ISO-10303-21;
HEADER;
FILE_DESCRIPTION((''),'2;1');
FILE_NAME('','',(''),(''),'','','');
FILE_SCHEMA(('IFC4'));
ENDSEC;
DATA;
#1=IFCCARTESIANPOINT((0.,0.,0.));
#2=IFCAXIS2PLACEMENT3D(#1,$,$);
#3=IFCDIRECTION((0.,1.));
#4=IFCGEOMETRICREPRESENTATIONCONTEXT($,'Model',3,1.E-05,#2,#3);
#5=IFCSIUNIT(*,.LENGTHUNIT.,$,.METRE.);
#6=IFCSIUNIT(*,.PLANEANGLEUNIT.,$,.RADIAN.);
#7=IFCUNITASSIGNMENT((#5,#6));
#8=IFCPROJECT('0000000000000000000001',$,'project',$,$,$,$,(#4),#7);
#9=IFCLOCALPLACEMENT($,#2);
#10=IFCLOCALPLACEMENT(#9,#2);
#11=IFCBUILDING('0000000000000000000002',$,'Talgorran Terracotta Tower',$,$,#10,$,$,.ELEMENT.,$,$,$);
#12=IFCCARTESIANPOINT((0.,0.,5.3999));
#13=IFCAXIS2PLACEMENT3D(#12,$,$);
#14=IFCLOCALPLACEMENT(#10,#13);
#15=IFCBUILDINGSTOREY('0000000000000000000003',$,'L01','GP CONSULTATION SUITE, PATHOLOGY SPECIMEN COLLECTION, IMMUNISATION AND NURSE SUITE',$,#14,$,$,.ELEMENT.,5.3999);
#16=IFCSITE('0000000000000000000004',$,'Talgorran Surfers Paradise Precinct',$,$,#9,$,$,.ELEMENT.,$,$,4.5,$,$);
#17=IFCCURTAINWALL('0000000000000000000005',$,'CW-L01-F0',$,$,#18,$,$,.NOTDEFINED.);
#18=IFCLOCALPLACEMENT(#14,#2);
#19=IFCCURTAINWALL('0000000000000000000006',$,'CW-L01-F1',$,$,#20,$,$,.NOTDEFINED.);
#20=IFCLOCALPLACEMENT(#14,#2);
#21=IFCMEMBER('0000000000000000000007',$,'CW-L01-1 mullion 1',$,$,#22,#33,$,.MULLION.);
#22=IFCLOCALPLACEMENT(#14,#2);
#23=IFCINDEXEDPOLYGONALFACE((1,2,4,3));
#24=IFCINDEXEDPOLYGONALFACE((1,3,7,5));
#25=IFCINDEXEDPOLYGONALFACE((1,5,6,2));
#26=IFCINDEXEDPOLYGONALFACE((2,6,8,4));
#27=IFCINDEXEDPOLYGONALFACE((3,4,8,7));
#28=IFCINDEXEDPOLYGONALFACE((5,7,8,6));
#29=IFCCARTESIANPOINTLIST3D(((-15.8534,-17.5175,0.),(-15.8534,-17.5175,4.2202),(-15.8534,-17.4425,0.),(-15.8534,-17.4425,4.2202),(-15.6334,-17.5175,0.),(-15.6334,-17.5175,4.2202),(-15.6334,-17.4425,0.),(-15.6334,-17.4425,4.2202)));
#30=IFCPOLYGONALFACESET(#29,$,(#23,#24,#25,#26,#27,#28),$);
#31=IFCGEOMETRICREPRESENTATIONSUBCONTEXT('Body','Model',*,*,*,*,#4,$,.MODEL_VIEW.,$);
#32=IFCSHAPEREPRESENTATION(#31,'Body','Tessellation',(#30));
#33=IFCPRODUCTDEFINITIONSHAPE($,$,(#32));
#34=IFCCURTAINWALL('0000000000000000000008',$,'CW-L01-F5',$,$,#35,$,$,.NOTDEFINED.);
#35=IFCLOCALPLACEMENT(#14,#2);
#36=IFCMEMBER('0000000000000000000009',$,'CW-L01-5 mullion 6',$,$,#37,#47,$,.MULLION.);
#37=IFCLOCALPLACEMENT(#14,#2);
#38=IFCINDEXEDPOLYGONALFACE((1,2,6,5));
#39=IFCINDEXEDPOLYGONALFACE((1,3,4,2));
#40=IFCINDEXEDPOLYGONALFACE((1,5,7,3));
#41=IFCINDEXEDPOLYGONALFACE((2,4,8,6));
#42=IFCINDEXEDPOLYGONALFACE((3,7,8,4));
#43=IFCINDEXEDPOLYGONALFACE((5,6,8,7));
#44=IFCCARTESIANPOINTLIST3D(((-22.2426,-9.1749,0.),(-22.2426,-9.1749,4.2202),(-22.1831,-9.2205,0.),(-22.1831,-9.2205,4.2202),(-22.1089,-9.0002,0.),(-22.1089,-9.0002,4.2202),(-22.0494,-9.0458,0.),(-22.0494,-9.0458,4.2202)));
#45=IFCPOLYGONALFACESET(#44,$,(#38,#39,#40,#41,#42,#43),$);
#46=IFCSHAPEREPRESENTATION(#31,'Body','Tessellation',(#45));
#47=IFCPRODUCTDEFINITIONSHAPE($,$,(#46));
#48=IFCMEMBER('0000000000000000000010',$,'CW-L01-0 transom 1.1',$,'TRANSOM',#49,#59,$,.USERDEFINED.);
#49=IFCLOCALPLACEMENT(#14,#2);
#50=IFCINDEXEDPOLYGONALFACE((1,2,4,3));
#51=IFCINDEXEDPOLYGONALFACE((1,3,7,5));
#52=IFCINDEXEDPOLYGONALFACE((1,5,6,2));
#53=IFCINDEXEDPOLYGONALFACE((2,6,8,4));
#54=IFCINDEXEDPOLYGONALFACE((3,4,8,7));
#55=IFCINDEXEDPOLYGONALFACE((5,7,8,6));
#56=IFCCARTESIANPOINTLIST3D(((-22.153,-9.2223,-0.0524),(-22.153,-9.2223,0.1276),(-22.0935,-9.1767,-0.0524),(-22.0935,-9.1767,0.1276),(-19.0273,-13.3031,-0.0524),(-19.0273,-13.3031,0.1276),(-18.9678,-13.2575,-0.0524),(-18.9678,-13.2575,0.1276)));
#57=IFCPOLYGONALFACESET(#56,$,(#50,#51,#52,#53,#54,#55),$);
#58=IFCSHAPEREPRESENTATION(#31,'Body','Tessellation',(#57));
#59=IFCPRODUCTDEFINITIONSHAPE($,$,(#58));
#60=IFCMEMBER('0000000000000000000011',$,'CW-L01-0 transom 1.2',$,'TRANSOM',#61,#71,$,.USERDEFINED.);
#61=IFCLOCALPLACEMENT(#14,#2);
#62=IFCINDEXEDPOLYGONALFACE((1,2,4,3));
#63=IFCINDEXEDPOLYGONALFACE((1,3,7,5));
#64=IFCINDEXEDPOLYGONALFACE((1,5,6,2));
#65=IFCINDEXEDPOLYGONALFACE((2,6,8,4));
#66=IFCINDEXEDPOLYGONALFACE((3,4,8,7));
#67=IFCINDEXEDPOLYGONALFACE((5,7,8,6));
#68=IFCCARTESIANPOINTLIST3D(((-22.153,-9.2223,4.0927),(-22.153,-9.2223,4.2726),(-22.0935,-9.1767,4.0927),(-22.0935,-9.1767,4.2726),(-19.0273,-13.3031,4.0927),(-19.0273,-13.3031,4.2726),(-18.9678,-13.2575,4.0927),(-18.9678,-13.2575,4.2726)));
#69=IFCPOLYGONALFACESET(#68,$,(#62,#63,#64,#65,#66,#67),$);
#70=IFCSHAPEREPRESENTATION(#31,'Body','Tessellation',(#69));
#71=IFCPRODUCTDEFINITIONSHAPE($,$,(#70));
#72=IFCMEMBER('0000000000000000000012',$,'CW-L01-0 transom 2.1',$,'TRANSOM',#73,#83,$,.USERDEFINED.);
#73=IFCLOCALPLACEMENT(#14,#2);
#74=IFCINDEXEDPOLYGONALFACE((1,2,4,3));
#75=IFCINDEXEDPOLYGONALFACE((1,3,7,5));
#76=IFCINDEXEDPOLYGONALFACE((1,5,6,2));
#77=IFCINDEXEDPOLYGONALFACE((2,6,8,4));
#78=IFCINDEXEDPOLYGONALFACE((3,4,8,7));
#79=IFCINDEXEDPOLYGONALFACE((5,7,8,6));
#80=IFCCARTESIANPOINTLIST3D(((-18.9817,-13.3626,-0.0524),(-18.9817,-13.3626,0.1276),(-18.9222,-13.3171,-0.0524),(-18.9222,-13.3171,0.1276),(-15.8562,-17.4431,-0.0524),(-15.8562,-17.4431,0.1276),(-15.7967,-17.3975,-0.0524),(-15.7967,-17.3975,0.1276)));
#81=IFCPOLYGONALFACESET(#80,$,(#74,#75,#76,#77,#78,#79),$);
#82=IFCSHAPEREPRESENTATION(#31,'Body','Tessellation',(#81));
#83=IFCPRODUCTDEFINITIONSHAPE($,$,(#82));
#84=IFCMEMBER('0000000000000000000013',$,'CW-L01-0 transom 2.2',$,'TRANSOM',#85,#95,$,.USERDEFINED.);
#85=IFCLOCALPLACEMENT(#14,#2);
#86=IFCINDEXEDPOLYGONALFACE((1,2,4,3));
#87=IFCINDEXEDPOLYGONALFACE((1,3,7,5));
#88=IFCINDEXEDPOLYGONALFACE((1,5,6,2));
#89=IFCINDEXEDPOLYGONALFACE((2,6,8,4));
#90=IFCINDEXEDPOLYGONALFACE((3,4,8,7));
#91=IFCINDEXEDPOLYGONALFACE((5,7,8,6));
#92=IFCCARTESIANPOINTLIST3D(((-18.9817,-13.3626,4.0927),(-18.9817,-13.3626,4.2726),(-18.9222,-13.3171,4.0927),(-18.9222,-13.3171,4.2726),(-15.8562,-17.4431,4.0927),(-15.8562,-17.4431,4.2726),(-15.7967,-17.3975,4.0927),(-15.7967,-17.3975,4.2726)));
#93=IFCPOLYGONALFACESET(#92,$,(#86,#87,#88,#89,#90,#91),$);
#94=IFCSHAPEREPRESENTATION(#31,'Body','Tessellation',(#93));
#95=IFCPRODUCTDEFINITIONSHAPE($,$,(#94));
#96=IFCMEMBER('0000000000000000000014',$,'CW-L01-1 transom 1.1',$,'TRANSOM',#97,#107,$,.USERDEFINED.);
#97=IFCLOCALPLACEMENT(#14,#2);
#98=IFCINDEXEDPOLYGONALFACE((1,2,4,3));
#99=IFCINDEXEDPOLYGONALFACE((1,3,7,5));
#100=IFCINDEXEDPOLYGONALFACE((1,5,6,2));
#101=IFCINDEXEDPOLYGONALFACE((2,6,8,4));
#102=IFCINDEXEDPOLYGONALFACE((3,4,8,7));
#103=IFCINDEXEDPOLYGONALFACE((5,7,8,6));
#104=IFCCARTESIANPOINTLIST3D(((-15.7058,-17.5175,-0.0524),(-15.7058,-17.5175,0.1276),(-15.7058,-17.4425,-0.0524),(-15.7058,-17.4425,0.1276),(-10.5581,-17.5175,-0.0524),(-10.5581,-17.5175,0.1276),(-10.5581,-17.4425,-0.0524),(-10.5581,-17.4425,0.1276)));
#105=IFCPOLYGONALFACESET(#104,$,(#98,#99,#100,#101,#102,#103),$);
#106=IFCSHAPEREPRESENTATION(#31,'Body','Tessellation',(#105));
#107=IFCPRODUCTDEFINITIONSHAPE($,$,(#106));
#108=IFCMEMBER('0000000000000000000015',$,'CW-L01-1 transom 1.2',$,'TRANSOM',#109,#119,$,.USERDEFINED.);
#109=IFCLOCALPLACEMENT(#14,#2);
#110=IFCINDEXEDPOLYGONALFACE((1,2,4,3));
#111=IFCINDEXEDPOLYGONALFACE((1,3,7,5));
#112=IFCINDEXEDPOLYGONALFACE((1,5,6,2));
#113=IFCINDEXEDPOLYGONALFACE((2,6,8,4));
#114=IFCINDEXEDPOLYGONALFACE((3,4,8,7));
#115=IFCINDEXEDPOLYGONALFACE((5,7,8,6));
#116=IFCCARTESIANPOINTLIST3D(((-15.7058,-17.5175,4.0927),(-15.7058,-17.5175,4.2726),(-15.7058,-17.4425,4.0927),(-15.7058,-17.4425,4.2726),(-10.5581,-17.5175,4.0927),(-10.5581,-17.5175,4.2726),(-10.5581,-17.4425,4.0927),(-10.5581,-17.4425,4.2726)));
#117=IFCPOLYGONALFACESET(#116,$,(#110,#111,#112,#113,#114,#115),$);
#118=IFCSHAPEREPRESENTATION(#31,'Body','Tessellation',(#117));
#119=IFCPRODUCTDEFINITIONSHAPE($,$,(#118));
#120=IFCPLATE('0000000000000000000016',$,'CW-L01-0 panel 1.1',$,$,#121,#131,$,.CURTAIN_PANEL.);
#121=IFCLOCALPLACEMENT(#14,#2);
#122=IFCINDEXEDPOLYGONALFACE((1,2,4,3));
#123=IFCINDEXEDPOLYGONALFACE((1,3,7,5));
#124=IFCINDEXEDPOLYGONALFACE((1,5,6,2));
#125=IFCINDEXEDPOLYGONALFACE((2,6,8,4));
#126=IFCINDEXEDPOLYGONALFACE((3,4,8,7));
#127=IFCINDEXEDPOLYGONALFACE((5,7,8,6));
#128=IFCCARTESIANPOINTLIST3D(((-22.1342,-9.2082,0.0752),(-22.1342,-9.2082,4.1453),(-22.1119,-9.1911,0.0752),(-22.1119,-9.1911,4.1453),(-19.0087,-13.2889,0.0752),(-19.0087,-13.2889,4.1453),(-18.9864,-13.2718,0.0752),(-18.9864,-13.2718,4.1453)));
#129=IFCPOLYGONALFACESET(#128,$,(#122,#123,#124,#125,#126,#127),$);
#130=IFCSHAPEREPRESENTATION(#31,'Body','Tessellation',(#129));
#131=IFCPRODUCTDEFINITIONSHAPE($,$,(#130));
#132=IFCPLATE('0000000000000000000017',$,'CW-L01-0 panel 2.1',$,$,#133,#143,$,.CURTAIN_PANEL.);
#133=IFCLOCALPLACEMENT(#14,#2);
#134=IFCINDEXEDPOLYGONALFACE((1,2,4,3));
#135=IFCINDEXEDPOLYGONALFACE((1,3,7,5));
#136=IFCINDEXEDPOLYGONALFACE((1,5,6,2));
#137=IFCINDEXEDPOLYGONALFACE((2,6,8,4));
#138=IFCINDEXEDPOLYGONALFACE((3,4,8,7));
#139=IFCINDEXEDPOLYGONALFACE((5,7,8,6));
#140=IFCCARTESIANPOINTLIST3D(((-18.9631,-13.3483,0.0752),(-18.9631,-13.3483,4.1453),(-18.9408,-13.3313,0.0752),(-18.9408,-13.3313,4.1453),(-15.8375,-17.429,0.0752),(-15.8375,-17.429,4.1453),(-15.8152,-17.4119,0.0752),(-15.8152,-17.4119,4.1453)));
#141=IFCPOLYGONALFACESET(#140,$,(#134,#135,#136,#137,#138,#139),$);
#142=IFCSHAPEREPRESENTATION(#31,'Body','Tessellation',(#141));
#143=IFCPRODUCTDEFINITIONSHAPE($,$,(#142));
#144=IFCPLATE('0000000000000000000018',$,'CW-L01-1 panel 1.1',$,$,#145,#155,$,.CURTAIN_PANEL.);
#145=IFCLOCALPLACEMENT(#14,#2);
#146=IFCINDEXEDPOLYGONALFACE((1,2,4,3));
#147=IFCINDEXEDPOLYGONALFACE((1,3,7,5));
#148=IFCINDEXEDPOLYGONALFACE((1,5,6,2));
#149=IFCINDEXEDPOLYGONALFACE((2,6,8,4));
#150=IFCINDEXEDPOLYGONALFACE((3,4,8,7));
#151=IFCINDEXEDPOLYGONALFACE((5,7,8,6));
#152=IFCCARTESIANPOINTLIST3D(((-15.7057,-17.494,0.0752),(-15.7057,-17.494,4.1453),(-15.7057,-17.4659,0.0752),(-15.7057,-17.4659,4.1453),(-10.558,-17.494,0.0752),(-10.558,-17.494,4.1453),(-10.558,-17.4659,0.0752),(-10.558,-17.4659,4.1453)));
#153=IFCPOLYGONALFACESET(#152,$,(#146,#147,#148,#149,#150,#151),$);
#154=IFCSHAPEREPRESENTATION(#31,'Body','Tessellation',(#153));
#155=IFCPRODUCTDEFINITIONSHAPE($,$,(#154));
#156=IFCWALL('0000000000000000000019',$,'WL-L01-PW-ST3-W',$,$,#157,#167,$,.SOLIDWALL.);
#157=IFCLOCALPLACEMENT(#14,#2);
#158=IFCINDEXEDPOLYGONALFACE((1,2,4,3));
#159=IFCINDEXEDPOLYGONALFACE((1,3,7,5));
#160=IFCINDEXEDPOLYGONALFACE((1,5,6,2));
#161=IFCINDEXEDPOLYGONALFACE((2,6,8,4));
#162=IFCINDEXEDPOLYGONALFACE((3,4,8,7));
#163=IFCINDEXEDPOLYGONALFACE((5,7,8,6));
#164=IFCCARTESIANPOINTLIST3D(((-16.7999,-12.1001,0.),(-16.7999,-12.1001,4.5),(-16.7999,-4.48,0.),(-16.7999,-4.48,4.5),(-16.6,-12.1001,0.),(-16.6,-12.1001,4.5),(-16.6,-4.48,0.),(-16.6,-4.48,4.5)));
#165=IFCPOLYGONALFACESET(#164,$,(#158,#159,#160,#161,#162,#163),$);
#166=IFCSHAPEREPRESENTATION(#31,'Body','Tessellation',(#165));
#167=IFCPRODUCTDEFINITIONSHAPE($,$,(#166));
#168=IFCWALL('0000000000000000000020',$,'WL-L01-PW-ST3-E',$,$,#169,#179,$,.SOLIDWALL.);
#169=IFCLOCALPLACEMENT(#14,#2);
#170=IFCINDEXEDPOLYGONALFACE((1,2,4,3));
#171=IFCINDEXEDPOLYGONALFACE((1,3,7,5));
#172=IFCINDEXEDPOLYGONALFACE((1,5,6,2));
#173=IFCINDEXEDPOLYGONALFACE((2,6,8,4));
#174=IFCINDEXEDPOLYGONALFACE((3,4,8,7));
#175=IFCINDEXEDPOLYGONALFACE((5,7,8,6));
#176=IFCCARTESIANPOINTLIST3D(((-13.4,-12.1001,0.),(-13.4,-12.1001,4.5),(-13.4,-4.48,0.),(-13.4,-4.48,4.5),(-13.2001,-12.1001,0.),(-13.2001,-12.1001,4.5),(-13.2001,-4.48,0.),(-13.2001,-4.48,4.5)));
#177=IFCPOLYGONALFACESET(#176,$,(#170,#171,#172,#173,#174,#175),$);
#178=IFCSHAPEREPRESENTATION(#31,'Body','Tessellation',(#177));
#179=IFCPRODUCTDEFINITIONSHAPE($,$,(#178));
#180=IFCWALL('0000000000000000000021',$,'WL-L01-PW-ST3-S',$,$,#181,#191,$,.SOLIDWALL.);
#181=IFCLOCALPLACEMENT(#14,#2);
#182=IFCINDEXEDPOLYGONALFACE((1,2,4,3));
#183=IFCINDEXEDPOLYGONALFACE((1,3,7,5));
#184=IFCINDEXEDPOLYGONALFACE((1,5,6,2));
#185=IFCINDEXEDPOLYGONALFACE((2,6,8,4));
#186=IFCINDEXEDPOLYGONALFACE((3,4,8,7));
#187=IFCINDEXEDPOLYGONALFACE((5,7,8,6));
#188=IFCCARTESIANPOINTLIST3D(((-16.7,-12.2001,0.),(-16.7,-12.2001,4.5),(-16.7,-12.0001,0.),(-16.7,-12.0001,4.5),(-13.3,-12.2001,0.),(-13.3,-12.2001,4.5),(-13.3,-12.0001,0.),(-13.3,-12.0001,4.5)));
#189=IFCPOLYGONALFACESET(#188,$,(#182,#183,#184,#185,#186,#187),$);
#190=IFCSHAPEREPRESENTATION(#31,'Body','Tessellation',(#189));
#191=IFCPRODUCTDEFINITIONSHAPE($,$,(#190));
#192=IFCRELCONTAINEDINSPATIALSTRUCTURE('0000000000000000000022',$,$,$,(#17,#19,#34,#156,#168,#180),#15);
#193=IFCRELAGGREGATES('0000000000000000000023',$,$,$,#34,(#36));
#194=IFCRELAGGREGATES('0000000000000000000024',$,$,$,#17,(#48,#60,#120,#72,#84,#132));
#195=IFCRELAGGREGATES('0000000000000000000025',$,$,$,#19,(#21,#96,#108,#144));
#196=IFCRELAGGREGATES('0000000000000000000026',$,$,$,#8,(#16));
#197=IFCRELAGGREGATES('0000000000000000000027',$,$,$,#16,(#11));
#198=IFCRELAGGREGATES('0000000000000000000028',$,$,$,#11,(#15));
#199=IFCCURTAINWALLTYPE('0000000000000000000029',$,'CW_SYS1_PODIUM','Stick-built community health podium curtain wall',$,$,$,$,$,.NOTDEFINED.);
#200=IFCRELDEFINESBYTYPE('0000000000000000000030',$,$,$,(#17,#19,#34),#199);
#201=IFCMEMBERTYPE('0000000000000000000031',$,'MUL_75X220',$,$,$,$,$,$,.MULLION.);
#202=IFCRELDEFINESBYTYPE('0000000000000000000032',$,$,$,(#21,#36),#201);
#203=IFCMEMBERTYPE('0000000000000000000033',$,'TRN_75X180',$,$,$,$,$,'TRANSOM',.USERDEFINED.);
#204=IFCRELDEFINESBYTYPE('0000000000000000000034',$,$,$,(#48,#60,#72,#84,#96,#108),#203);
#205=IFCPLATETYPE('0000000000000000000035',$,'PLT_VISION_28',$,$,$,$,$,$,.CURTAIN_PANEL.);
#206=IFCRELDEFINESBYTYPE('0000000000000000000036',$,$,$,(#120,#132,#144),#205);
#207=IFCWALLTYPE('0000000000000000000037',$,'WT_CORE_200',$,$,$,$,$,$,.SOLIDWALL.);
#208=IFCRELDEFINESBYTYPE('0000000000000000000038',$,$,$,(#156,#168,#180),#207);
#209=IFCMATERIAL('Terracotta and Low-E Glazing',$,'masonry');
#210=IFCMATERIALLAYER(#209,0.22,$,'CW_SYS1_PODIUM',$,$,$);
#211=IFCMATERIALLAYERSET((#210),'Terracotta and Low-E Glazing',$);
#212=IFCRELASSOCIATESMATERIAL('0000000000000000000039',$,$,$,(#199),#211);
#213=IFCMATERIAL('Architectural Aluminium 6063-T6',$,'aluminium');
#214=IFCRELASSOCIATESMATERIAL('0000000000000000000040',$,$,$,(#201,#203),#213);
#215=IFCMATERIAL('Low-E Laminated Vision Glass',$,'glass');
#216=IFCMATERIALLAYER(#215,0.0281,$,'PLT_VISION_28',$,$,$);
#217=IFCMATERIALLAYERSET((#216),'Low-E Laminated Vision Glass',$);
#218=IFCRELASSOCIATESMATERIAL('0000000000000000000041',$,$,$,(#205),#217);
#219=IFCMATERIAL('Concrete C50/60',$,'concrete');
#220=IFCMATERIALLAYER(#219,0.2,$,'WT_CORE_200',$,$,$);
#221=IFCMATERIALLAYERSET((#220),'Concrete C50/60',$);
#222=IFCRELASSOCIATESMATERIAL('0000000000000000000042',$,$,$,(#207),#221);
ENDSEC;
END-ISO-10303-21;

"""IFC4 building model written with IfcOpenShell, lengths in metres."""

from ifc_helpers import new_model, si_unit, direction, frame, frame_2d, origin, origin_2d, place, context, subcontext, project, spatial, rectangle, extrude, source, transform, mapped, material, layer, layer_set, material_profile, profile_set, type_object, type_shapes, element, aggregate, save


model = new_model("IFC4")

# Units and contexts
model_context = context("Model", 3, precision=1e-05, world=origin(), true_north=direction((0.0, 1.0)))
body_context = subcontext(model_context, "Body", "Model", "MODEL_VIEW")
ifc_project = project(units=[si_unit("LENGTHUNIT", "METRE"), si_unit("PLANEANGLEUNIT", "RADIAN")], contexts=[model_context])

# Site, building, storey
site_placement = place(None, origin())
site = spatial("IfcSite", under=ifc_project, at=site_placement, Name="Talgorran Surfers Paradise Precinct", CompositionType="ELEMENT", RefElevation=4.5)
building_placement = place(site_placement, origin())
building = spatial("IfcBuilding", under=site, at=building_placement, Name="Talgorran Terracotta Tower", CompositionType="ELEMENT")
storey_placement = place(building_placement, frame((0.0, 0.0, 5.3999)))
storey = spatial("IfcBuildingStorey", under=building, at=storey_placement, Name="L01", Description="GP CONSULTATION SUITE, PATHOLOGY SPECIMEN COLLECTION, IMMUNISATION AND NURSE SUITE", CompositionType="ELEMENT", Elevation=5.3999)

# Curtain wall
ifc_material_1 = material(Name="Terracotta and Low-E Glazing", Category="masonry")
ifc_layer_1 = layer(ifc_material_1, 0.22, Name="CW_SYS1_PODIUM")
ifc_layer_set_1 = layer_set([ifc_layer_1], Name="Terracotta and Low-E Glazing")
curtain_wall_type = type_object("IfcCurtainWallType", Name="CW_SYS1_PODIUM", Description="Stick-built community health podium curtain wall", PredefinedType="NOTDEFINED", material=ifc_layer_set_1)
curtain_wall_1_placement = place(storey_placement, origin())
curtain_wall_1 = element("IfcCurtainWall", 1, at=curtain_wall_1_placement, inside=storey, type_object=curtain_wall_type, Name="CW-L01-F0", PredefinedType="NOTDEFINED")
ifc_material_2 = material(Name="Architectural Aluminium 6063-T6", Category="aluminium")
ifc_material_profile_1 = material_profile(ifc_material_2, rectangle(XDim=0.075, YDim=0.22, at=origin_2d()), Name="CWM75X220")
ifc_profile_set_1 = profile_set([ifc_material_profile_1], Name="Architectural Aluminium 6063-T6")
member_type_1 = type_object("IfcMemberType", Name="MUL_75X220", PredefinedType="MULLION", material=ifc_profile_set_1)

# Curtain walls, members
curtain_wall_2_placement = place(storey_placement, origin())
curtain_wall_2 = element("IfcCurtainWall", 2, at=curtain_wall_2_placement, inside=storey, type_object=curtain_wall_type, Name="CW-L01-F1", PredefinedType="NOTDEFINED")
member_1_placement = place(storey_placement, frame((-15.7434, -17.48, 0.0), z_axis=(0.0, 0.0, 1.0), x_axis=(0.0, 1.0, 0.0)))
member_1 = element("IfcMember", 3, at=member_1_placement, type_object=member_type_1, Name="CW-L01-1 mullion 1", PredefinedType="MULLION", context=body_context, shape_type="SweptSolid", body=[
    extrude(rectangle(XDim=0.075, YDim=0.22, at=origin_2d()), origin(), (0.0, 0.0, 1.0), 4.2202),
])
curtain_wall_3_placement = place(storey_placement, origin())
curtain_wall_3 = element("IfcCurtainWall", 4, at=curtain_wall_3_placement, inside=storey, type_object=curtain_wall_type, Name="CW-L01-F5", PredefinedType="NOTDEFINED")
member_2_placement = place(storey_placement, frame((-22.146, -9.1104, 0.0), z_axis=(0.0, 0.0, 1.0), x_axis=(0.79388, -0.608075, 0.0)))
member_2 = element("IfcMember", 5, at=member_2_placement, type_object=member_type_1, Name="CW-L01-5 mullion 6", PredefinedType="MULLION", context=body_context, shape_type="SweptSolid", body=[
    extrude(rectangle(XDim=0.075, YDim=0.22, at=origin_2d()), origin(), (0.0, 0.0, 1.0), 4.2202),
])
aggregate(curtain_wall_3, [member_2])

# Members
ifc_material_profile_2 = material_profile(ifc_material_2, rectangle(XDim=0.075, YDim=0.1799, at=origin_2d()), Name="CWT75X180")
ifc_profile_set_2 = profile_set([ifc_material_profile_2], Name="Architectural Aluminium 6063-T6")
member_type_2 = type_object("IfcMemberType", Name="TRN_75X180", ElementType="TRANSOM", PredefinedType="USERDEFINED", material=ifc_profile_set_2)
member_3_placement = place(storey_placement, frame((-22.1233, -9.1995, 0.0376), z_axis=(0.608078, -0.793878, 0.0), x_axis=(0.793878, 0.608078, 0.0)))
member_3 = element("IfcMember", 6, at=member_3_placement, type_object=member_type_2, Name="CW-L01-0 transom 1.1", ObjectType="TRANSOM", PredefinedType="USERDEFINED", context=body_context, shape_type="SweptSolid", body=[
    extrude(rectangle(XDim=0.075, YDim=0.1799, at=origin_2d()), origin(), (0.0, 0.0, 1.0), 5.1404),
])
member_4_placement = place(storey_placement, frame((-22.1233, -9.1995, 4.1826), z_axis=(0.608078, -0.793878, 0.0), x_axis=(0.793878, 0.608078, 0.0)))
member_4 = element("IfcMember", 7, at=member_4_placement, type_object=member_type_2, Name="CW-L01-0 transom 1.2", ObjectType="TRANSOM", PredefinedType="USERDEFINED", context=body_context, shape_type="SweptSolid", body=[
    extrude(rectangle(XDim=0.075, YDim=0.1799, at=origin_2d()), origin(), (0.0, 0.0, 1.0), 5.1404),
])
member_5_placement = place(storey_placement, frame((-18.9519, -13.3398, 0.0376), z_axis=(0.608071, -0.793883, 0.0), x_axis=(0.793883, 0.608071, 0.0)))
member_5 = element("IfcMember", 8, at=member_5_placement, type_object=member_type_2, Name="CW-L01-0 transom 2.1", ObjectType="TRANSOM", PredefinedType="USERDEFINED", context=body_context, shape_type="SweptSolid", body=[
    extrude(rectangle(XDim=0.075, YDim=0.1799, at=origin_2d()), origin(), (0.0, 0.0, 1.0), 5.1399),
])
member_6_placement = place(storey_placement, frame((-18.9519, -13.3398, 4.1826), z_axis=(0.608071, -0.793883, 0.0), x_axis=(0.793883, 0.608071, 0.0)))
member_6 = element("IfcMember", 9, at=member_6_placement, type_object=member_type_2, Name="CW-L01-0 transom 2.2", ObjectType="TRANSOM", PredefinedType="USERDEFINED", context=body_context, shape_type="SweptSolid", body=[
    extrude(rectangle(XDim=0.075, YDim=0.1799, at=origin_2d()), origin(), (0.0, 0.0, 1.0), 5.1399),
])
member_7_placement = place(storey_placement, frame((-15.7058, -17.48, 0.0376), z_axis=(1.0, 0.0, 0.0), x_axis=(0.0, 1.0, 0.0)))
member_7 = element("IfcMember", 10, at=member_7_placement, type_object=member_type_2, Name="CW-L01-1 transom 1.1", ObjectType="TRANSOM", PredefinedType="USERDEFINED", context=body_context, shape_type="SweptSolid", body=[
    extrude(rectangle(XDim=0.075, YDim=0.1799, at=origin_2d()), origin(), (0.0, 0.0, 1.0), 5.1477),
])
member_8_placement = place(storey_placement, frame((-15.7058, -17.48, 4.1826), z_axis=(1.0, 0.0, 0.0), x_axis=(0.0, 1.0, 0.0)))
member_8 = element("IfcMember", 11, at=member_8_placement, type_object=member_type_2, Name="CW-L01-1 transom 1.2", ObjectType="TRANSOM", PredefinedType="USERDEFINED", context=body_context, shape_type="SweptSolid", body=[
    extrude(rectangle(XDim=0.075, YDim=0.1799, at=origin_2d()), origin(), (0.0, 0.0, 1.0), 5.1477),
])

# Plates
ifc_material_3 = material(Name="Low-E Laminated Vision Glass", Category="glass")
ifc_layer_2 = layer(ifc_material_3, 0.0281, Name="PLT_VISION_28")
ifc_layer_set_2 = layer_set([ifc_layer_2], Name="Low-E Laminated Vision Glass")
plate_type = type_object("IfcPlateType", Name="PLT_VISION_28", PredefinedType="CURTAIN_PANEL", material=ifc_layer_set_2)
shared_shape_1 = source(origin(), body_context, "Body", "SweptSolid", [
    extrude(rectangle(XDim=5.1401, YDim=0.0281, at=origin_2d()), origin(), (0.0, 0.0, 1.0), 4.0701),
])
plate_1_placement = place(storey_placement, frame((-20.5603, -11.24, 0.0752), z_axis=(0.0, 0.0, 1.0), x_axis=(0.608072, -0.793882, 0.0)))
plate_1 = element("IfcPlate", 12, at=plate_1_placement, type_object=plate_type, Name="CW-L01-0 panel 1.1", PredefinedType="CURTAIN_PANEL", context=body_context, shape_type="MappedRepresentation", body=[
    mapped(shared_shape_1, transform((0.0, 0.0, 0.0), scale=1.0)),
])
plate_2_placement = place(storey_placement, frame((-17.3892, -15.3801, 0.0752), z_axis=(0.0, 0.0, 1.0), x_axis=(0.608072, -0.793882, 0.0)))
plate_2 = element("IfcPlate", 13, at=plate_2_placement, type_object=plate_type, Name="CW-L01-0 panel 2.1", PredefinedType="CURTAIN_PANEL", context=body_context, shape_type="MappedRepresentation", body=[
    mapped(shared_shape_1, transform((0.0, 0.0, 0.0), scale=1.0)),
])
aggregate(curtain_wall_1, [member_3, member_4, plate_1, member_5, member_6, plate_2])
shared_shape_2 = source(origin(), body_context, "Body", "SweptSolid", [
    extrude(rectangle(XDim=5.1477, YDim=0.0281, at=origin_2d()), origin(), (0.0, 0.0, 1.0), 4.0701),
])
type_shapes(plate_type, [shared_shape_1, shared_shape_2])
plate_3_placement = place(storey_placement, frame((-13.1318, -17.48, 0.0752), z_axis=(0.0, 0.0, 1.0), x_axis=(1.0, 0.0, 0.0)))
plate_3 = element("IfcPlate", 14, at=plate_3_placement, type_object=plate_type, Name="CW-L01-1 panel 1.1", PredefinedType="CURTAIN_PANEL", context=body_context, shape_type="MappedRepresentation", body=[
    mapped(shared_shape_2, transform((0.0, 0.0, 0.0), scale=1.0)),
])
aggregate(curtain_wall_2, [member_1, member_7, member_8, plate_3])

# Walls
ifc_material_4 = material(Name="Concrete C50/60", Category="concrete")
ifc_layer_3 = layer(ifc_material_4, 0.2, Name="WT_CORE_200")
ifc_layer_set_3 = layer_set([ifc_layer_3], Name="Concrete C50/60")
wall_type_1 = type_object("IfcWallType", Name="WT_CORE_200", PredefinedType="SOLIDWALL", material=ifc_layer_set_3)
for number, where, z_axis, x_axis, name in (
    (15, (-16.7, -12.1001, 0.0), (0.0, 0.0, 1.0), (0.0, 1.0, 0.0), "WL-L01-PW-ST3-W"),
    (16, (-13.3, -12.1001, 0.0), (0.0, 0.0, 1.0), (0.0, 1.0, 0.0), "WL-L01-PW-ST3-E"),
):
    element("IfcWall", number, at=place(storey_placement, frame(where, z_axis=z_axis, x_axis=x_axis)), inside=storey, type_object=wall_type_1, Name=name, PredefinedType="SOLIDWALL", context=body_context, shape_type="SweptSolid", body=[
        extrude(rectangle(XDim=7.6201, YDim=0.2, at=frame_2d((3.8101, 0.0))), origin(), (0.0, 0.0, 1.0), 4.5),
    ])
wall_1_placement = place(storey_placement, frame((-16.7, -12.1001, 0.0), z_axis=(0.0, 0.0, 1.0), x_axis=(1.0, 0.0, 0.0)))
element("IfcWall", 17, at=wall_1_placement, inside=storey, type_object=wall_type_1, Name="WL-L01-PW-ST3-S", PredefinedType="SOLIDWALL", context=body_context, shape_type="SweptSolid", body=[
    extrude(rectangle(XDim=3.3999, YDim=0.2, at=frame_2d((1.7, 0.0))), origin(), (0.0, 0.0, 1.0), 4.5),
])

save(model, "model.ifc")
